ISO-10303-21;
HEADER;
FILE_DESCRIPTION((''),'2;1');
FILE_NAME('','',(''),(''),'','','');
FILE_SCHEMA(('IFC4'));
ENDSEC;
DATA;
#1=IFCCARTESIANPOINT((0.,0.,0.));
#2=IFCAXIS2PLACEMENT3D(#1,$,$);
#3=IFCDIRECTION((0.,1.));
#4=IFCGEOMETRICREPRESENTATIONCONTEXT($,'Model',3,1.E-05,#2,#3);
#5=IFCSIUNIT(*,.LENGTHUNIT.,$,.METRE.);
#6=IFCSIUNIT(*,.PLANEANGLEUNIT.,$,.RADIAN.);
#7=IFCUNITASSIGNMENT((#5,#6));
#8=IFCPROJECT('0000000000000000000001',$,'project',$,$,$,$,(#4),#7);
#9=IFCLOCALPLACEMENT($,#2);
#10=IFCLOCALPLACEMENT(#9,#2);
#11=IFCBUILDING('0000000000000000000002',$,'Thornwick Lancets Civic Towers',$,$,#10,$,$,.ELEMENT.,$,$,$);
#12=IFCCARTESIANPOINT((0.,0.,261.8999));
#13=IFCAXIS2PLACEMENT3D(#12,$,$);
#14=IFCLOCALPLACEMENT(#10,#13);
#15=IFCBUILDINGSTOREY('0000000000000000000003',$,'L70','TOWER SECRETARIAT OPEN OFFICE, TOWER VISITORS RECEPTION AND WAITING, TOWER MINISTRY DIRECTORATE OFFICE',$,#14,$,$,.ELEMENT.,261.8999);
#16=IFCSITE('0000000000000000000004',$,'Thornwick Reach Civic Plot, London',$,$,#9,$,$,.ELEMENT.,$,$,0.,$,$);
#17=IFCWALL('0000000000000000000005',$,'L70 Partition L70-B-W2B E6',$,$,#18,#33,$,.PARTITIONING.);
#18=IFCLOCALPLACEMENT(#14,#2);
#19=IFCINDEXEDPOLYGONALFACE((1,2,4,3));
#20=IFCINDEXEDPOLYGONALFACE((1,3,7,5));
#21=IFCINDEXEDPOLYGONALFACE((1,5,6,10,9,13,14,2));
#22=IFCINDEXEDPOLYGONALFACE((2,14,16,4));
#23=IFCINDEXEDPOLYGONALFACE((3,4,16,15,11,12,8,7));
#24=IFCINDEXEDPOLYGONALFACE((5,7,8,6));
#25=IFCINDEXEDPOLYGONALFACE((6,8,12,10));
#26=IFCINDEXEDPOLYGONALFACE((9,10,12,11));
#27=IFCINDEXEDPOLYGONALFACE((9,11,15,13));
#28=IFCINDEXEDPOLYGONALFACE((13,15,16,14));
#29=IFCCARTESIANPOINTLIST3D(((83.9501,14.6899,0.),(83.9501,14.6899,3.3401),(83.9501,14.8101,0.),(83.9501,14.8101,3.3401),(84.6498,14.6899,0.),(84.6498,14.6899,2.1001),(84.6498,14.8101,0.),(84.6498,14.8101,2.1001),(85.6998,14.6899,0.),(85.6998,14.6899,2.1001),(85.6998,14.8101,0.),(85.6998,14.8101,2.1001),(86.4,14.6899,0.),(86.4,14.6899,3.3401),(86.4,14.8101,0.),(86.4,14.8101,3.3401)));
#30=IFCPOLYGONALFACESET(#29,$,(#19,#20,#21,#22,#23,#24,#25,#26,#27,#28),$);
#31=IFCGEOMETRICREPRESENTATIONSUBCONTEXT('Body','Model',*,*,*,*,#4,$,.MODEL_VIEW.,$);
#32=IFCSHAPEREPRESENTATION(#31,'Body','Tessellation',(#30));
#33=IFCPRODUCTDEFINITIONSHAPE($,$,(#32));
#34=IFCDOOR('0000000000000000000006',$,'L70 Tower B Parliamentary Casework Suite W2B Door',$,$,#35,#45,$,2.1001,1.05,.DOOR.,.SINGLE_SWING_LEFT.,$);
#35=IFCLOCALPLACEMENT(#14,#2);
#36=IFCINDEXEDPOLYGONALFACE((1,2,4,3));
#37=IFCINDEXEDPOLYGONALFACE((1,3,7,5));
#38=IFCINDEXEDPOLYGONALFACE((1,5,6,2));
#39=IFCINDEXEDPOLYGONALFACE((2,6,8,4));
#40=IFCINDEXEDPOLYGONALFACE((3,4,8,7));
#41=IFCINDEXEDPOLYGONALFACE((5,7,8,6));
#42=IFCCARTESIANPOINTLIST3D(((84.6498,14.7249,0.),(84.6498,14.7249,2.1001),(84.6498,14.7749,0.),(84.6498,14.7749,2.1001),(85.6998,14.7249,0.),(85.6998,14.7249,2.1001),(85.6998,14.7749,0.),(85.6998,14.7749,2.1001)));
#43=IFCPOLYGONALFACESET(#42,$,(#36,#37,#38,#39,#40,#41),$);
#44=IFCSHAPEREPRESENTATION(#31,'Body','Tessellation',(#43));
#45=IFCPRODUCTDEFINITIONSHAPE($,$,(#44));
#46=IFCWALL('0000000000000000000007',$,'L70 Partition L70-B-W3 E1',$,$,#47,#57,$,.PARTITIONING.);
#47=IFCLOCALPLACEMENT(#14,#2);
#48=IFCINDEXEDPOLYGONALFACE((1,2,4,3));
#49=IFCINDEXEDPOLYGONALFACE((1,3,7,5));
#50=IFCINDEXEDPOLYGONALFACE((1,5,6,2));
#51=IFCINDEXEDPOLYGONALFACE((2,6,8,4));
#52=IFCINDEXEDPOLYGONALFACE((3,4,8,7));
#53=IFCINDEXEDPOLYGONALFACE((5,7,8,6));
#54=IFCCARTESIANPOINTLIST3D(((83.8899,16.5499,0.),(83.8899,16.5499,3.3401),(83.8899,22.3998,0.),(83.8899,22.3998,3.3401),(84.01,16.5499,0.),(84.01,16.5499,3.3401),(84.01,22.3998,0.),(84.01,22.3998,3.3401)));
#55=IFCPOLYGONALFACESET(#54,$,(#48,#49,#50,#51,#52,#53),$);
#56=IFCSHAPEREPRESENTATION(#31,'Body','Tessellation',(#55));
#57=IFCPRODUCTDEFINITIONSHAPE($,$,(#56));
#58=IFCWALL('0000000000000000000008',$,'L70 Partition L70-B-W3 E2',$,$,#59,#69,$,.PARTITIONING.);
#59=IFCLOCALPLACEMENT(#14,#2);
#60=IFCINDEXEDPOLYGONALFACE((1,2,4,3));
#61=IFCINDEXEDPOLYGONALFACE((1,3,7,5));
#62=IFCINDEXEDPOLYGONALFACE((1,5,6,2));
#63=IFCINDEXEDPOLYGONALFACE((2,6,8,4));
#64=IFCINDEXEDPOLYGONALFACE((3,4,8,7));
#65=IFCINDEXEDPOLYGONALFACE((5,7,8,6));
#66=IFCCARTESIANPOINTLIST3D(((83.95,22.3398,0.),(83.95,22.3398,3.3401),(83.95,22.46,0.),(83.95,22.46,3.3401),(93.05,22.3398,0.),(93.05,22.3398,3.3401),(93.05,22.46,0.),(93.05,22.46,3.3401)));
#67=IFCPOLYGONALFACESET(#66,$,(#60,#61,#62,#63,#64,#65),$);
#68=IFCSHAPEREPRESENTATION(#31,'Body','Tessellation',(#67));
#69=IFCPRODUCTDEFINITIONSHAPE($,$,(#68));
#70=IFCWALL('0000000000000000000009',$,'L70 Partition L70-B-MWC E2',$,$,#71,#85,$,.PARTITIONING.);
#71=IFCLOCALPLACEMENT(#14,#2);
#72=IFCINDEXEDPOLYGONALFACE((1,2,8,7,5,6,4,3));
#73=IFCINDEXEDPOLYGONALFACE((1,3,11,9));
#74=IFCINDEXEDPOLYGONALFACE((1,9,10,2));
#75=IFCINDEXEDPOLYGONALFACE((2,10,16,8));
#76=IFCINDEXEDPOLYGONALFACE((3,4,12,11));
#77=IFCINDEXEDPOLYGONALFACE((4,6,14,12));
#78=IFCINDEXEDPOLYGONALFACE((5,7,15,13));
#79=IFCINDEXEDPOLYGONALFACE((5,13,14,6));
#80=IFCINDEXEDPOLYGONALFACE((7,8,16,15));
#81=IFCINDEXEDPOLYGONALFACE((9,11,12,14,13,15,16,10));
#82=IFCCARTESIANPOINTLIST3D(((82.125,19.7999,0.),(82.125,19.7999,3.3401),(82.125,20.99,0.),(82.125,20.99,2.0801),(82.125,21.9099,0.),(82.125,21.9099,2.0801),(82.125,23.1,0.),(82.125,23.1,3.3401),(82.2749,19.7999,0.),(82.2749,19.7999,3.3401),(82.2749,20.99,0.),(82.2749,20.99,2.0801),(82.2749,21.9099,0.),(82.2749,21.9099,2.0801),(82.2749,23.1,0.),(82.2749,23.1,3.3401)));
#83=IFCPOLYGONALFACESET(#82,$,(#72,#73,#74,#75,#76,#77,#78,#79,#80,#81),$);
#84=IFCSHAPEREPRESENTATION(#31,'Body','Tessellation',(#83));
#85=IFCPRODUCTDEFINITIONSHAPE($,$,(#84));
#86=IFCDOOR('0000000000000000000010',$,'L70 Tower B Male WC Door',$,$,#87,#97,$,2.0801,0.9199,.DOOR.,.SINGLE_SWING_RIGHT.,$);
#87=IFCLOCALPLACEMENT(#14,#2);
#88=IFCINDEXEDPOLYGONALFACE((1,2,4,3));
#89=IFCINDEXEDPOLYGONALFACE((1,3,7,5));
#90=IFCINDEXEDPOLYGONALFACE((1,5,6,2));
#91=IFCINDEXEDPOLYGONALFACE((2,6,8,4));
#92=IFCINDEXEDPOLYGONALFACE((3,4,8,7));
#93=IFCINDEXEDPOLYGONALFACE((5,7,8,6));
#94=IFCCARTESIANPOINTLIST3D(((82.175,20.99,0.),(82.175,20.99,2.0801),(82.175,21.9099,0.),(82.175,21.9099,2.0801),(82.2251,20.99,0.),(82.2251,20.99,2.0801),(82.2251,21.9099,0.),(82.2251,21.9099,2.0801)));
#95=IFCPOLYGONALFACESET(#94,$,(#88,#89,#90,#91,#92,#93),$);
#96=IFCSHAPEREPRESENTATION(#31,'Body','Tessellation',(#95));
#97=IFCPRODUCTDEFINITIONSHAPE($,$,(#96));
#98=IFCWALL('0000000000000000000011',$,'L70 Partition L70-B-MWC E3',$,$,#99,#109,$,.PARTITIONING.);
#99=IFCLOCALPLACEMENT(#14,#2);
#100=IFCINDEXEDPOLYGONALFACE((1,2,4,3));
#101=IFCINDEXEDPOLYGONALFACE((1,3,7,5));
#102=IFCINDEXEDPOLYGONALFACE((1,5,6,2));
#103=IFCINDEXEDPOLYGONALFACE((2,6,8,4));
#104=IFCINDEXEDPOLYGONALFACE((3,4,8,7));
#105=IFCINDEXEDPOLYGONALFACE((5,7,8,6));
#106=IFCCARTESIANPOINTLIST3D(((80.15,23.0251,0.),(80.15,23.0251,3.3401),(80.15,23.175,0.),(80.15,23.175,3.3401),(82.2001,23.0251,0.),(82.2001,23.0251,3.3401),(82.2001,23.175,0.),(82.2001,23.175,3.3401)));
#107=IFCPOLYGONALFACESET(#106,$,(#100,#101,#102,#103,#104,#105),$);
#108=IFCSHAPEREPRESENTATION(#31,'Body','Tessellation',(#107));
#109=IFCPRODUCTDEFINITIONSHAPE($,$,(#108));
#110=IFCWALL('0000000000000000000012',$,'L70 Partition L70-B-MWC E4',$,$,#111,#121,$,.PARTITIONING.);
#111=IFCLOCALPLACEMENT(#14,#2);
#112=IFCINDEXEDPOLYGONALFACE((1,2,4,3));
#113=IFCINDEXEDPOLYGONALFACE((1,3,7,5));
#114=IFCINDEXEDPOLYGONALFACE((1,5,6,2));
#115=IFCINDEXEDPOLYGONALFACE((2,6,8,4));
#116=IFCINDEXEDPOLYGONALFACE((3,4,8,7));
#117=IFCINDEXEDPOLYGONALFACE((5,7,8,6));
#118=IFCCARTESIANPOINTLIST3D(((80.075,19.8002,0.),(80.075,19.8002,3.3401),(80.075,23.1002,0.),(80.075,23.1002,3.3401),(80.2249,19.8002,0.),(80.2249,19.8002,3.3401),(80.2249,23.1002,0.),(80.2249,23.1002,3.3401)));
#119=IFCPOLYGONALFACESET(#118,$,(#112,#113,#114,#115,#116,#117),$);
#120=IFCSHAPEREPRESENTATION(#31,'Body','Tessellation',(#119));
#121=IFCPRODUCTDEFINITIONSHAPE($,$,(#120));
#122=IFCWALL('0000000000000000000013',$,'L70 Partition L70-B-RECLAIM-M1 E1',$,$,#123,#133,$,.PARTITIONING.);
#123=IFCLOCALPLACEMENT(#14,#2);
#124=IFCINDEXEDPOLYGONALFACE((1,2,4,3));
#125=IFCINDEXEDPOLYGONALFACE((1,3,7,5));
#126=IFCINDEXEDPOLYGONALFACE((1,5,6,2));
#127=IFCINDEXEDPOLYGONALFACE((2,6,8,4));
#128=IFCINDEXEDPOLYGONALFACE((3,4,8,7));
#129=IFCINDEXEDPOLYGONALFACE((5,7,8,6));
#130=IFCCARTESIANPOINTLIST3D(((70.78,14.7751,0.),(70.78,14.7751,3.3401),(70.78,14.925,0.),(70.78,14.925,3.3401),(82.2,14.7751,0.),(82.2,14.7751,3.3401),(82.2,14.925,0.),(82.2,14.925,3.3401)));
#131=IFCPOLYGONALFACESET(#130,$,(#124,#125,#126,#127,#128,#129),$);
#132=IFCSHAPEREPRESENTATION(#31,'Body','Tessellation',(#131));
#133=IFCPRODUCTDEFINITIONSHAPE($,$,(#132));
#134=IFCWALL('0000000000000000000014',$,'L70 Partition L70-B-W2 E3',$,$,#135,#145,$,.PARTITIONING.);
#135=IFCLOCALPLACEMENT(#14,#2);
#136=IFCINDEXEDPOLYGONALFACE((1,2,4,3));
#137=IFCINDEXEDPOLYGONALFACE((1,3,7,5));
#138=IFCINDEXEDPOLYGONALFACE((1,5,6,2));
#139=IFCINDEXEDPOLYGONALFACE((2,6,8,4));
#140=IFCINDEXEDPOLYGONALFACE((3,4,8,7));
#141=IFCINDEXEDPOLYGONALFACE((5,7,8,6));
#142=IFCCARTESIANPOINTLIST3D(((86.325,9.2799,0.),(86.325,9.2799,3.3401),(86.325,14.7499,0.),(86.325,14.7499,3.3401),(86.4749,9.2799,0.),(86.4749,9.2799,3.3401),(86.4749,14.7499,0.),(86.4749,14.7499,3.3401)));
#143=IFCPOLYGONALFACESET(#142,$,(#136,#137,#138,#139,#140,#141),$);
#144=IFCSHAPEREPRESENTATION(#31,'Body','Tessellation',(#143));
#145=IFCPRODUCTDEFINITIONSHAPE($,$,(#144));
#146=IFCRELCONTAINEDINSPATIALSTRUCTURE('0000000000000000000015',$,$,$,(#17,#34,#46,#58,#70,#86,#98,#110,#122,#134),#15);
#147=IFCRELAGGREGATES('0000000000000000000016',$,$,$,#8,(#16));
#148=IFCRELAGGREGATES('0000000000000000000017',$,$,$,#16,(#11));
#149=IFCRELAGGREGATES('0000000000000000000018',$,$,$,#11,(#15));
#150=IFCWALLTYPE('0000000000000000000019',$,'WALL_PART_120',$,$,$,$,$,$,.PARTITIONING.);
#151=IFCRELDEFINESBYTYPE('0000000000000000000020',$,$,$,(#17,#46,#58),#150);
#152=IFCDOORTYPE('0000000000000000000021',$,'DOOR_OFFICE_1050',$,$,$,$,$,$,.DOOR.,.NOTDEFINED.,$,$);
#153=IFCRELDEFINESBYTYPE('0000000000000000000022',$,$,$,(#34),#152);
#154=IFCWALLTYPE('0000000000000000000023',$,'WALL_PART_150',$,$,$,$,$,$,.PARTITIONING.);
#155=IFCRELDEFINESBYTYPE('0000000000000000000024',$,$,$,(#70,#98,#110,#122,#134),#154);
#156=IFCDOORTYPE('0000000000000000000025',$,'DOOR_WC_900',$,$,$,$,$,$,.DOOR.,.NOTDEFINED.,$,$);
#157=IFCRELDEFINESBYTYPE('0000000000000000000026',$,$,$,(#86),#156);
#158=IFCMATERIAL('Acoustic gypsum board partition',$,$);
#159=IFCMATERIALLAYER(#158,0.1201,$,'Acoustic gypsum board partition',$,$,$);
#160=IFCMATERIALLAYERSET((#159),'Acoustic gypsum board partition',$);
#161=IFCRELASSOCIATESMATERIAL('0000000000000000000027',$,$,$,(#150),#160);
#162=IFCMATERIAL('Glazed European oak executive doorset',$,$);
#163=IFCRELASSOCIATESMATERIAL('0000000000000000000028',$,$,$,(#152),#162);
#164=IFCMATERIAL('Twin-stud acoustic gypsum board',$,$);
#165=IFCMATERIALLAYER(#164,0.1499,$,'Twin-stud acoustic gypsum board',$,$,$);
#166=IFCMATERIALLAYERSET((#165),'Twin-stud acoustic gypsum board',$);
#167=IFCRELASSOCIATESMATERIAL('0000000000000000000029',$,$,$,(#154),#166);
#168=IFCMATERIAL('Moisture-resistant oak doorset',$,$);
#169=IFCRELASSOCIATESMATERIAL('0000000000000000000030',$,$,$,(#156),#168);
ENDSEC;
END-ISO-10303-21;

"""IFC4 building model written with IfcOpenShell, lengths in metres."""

from ifc_helpers import new_model, si_unit, direction, frame, frame_2d, origin, place, context, subcontext, project, spatial, rectangle, extrude, material, layer, layer_set, type_object, element, fill, save


model = new_model("IFC4")

# Units and contexts
model_context = context("Model", 3, precision=1e-05, world=origin(), true_north=direction((0.0, 1.0)))
body_context = subcontext(model_context, "Body", "Model", "MODEL_VIEW")
ifc_project = project(units=[si_unit("LENGTHUNIT", "METRE"), si_unit("PLANEANGLEUNIT", "RADIAN")], contexts=[model_context])

# Site, building, storey
site_placement = place(None, origin())
site = spatial("IfcSite", under=ifc_project, at=site_placement, Name="Thornwick Reach Civic Plot, London", CompositionType="ELEMENT", RefElevation=0.0)
building_placement = place(site_placement, origin())
building = spatial("IfcBuilding", under=site, at=building_placement, Name="Thornwick Lancets Civic Towers", CompositionType="ELEMENT")
storey_placement = place(building_placement, frame((0.0, 0.0, 261.8999)))
storey = spatial("IfcBuildingStorey", under=building, at=storey_placement, Name="L70", Description="TOWER SECRETARIAT OPEN OFFICE, TOWER VISITORS RECEPTION AND WAITING, TOWER MINISTRY DIRECTORATE OFFICE", CompositionType="ELEMENT", Elevation=261.8999)

# Shared definitions
ifc_material_1 = material(Name="Acoustic gypsum board partition")
ifc_layer_1 = layer(ifc_material_1, 0.1201, Name="Acoustic gypsum board partition")
ifc_layer_set_1 = layer_set([ifc_layer_1], Name="Acoustic gypsum board partition")
wall_type_1 = type_object("IfcWallType", Name="WALL_PART_120", PredefinedType="PARTITIONING", material=ifc_layer_set_1)

# Wall, opening, door
wall_1_placement = place(storey_placement, frame((83.95, 14.75, 0.0), z_axis=(0.0, 0.0, 1.0), x_axis=(1.0, 0.0, 0.0)))
wall_1 = element("IfcWall", 1, at=wall_1_placement, inside=storey, type_object=wall_type_1, Name="L70 Partition L70-B-W2B E6", PredefinedType="PARTITIONING", context=body_context, shape_type="SweptSolid", body=[
    extrude(rectangle(XDim=2.45, YDim=0.1201, at=frame_2d((1.2251, 0.0))), origin(), (0.0, 0.0, 1.0), 3.3401),
])
opening_1_placement = place(wall_1_placement, frame((0.7, 0.0, 0.0)))
opening_1 = element("IfcOpeningElement", 2, at=opening_1_placement, cuts=wall_1, PredefinedType="OPENING", context=body_context, shape_type="SweptSolid", body=[
    extrude(rectangle(XDim=1.05, YDim=2.1001, at=frame_2d((0.5249, 1.05))), frame((0.0, 0.0701, 0.0), z_axis=(0.0, -1.0, 0.0), x_axis=(1.0, 0.0, 0.0)), (0.0, 0.0, 1.0), 0.1401),
])
ifc_material_2 = material(Name="Glazed European oak executive doorset")
door_type_1 = type_object("IfcDoorType", Name="DOOR_OFFICE_1050", OperationType="NOTDEFINED", PredefinedType="DOOR", material=ifc_material_2)
door_1_placement = place(opening_1_placement, origin())
door_1 = element("IfcDoor", 3, at=door_1_placement, inside=storey, type_object=door_type_1, Name="L70 Tower B Parliamentary Casework Suite W2B Door", OperationType="SINGLE_SWING_LEFT", OverallHeight=2.1001, OverallWidth=1.05, PredefinedType="DOOR", context=body_context, shape_type="SweptSolid", body=[
    extrude(rectangle(XDim=1.05, YDim=2.1001, at=frame_2d((0.5249, 1.05))), frame((0.0, 0.0249, 0.0), z_axis=(0.0, -1.0, 0.0), x_axis=(1.0, 0.0, 0.0)), (0.0, 0.0, 1.0), 0.05),
])
fill(opening_1, door_1)

# Walls
wall_2_placement = place(storey_placement, frame((83.95, 16.55, 0.0), z_axis=(0.0, 0.0, 1.0), x_axis=(0.0, 1.0, 0.0)))
element("IfcWall", 4, at=wall_2_placement, inside=storey, type_object=wall_type_1, Name="L70 Partition L70-B-W3 E1", PredefinedType="PARTITIONING", context=body_context, shape_type="SweptSolid", body=[
    extrude(rectangle(XDim=5.8499, YDim=0.1201, at=frame_2d((2.9248, 0.0))), origin(), (0.0, 0.0, 1.0), 3.3401),
])
wall_3_placement = place(storey_placement, frame((83.95, 22.3999, 0.0), z_axis=(0.0, 0.0, 1.0), x_axis=(1.0, 0.0, 0.0)))
element("IfcWall", 5, at=wall_3_placement, inside=storey, type_object=wall_type_1, Name="L70 Partition L70-B-W3 E2", PredefinedType="PARTITIONING", context=body_context, shape_type="SweptSolid", body=[
    extrude(rectangle(XDim=9.1001, YDim=0.1201, at=frame_2d((4.55, 0.0))), origin(), (0.0, 0.0, 1.0), 3.3401),
])

# Wall, opening, door
ifc_material_3 = material(Name="Twin-stud acoustic gypsum board")
ifc_layer_2 = layer(ifc_material_3, 0.1499, Name="Twin-stud acoustic gypsum board")
ifc_layer_set_2 = layer_set([ifc_layer_2], Name="Twin-stud acoustic gypsum board")
wall_type_2 = type_object("IfcWallType", Name="WALL_PART_150", PredefinedType="PARTITIONING", material=ifc_layer_set_2)
wall_4_placement = place(storey_placement, frame((82.2, 19.8, 0.0), z_axis=(0.0, 0.0, 1.0), x_axis=(0.0, 1.0, 0.0)))
wall_4 = element("IfcWall", 6, at=wall_4_placement, inside=storey, type_object=wall_type_2, Name="L70 Partition L70-B-MWC E2", PredefinedType="PARTITIONING", context=body_context, shape_type="SweptSolid", body=[
    extrude(rectangle(XDim=3.3, YDim=0.1499, at=frame_2d((1.6499, 0.0))), origin(), (0.0, 0.0, 1.0), 3.3401),
])
opening_2_placement = place(wall_4_placement, frame((1.1899, 0.0, 0.0)))
opening_2 = element("IfcOpeningElement", 7, at=opening_2_placement, cuts=wall_4, PredefinedType="OPENING", context=body_context, shape_type="SweptSolid", body=[
    extrude(rectangle(XDim=0.9199, YDim=2.0801, at=frame_2d((0.46, 1.04))), frame((0.0, 0.085, 0.0), z_axis=(0.0, -1.0, 0.0), x_axis=(1.0, 0.0, 0.0)), (0.0, 0.0, 1.0), 0.1699),
])
ifc_material_4 = material(Name="Moisture-resistant oak doorset")
door_type_2 = type_object("IfcDoorType", Name="DOOR_WC_900", OperationType="NOTDEFINED", PredefinedType="DOOR", material=ifc_material_4)
door_2_placement = place(opening_2_placement, origin())
door_2 = element("IfcDoor", 8, at=door_2_placement, inside=storey, type_object=door_type_2, Name="L70 Tower B Male WC Door", OperationType="SINGLE_SWING_RIGHT", OverallHeight=2.0801, OverallWidth=0.9199, PredefinedType="DOOR", context=body_context, shape_type="SweptSolid", body=[
    extrude(rectangle(XDim=0.9199, YDim=2.0801, at=frame_2d((0.46, 1.04))), frame((0.0, 0.0249, 0.0), z_axis=(0.0, -1.0, 0.0), x_axis=(1.0, 0.0, 0.0)), (0.0, 0.0, 1.0), 0.05),
])
fill(opening_2, door_2)

# Walls
wall_5_placement = place(storey_placement, frame((82.2, 23.1001, 0.0), z_axis=(0.0, 0.0, 1.0), x_axis=(-1.0, 0.0, 0.0)))
element("IfcWall", 9, at=wall_5_placement, inside=storey, type_object=wall_type_2, Name="L70 Partition L70-B-MWC E3", PredefinedType="PARTITIONING", context=body_context, shape_type="SweptSolid", body=[
    extrude(rectangle(XDim=2.05, YDim=0.1499, at=frame_2d((1.0249, 0.0))), origin(), (0.0, 0.0, 1.0), 3.3401),
])
wall_6_placement = place(storey_placement, frame((80.1499, 23.1001, 0.0), z_axis=(0.0, 0.0, 1.0), x_axis=(0.0, -1.0, 0.0)))
element("IfcWall", 10, at=wall_6_placement, inside=storey, type_object=wall_type_2, Name="L70 Partition L70-B-MWC E4", PredefinedType="PARTITIONING", context=body_context, shape_type="SweptSolid", body=[
    extrude(rectangle(XDim=3.3, YDim=0.1499, at=frame_2d((1.6499, 0.0))), origin(), (0.0, 0.0, 1.0), 3.3401),
])
wall_7_placement = place(storey_placement, frame((82.2, 14.8501, 0.0), z_axis=(0.0, 0.0, 1.0), x_axis=(-1.0, 0.0, 0.0)))
element("IfcWall", 11, at=wall_7_placement, inside=storey, type_object=wall_type_2, Name="L70 Partition L70-B-RECLAIM-M1 E1", PredefinedType="PARTITIONING", context=body_context, shape_type="SweptSolid", body=[
    extrude(rectangle(XDim=11.4199, YDim=0.1499, at=frame_2d((5.71, 0.0))), origin(), (0.0, 0.0, 1.0), 3.3401),
])

# Wall
wall_8_placement = place(storey_placement, frame((86.3999, 9.28, 0.0), z_axis=(0.0, 0.0, 1.0), x_axis=(0.0, 1.0, 0.0)))
element("IfcWall", 12, at=wall_8_placement, inside=storey, type_object=wall_type_2, Name="L70 Partition L70-B-W2 E3", PredefinedType="PARTITIONING", context=body_context, shape_type="SweptSolid", body=[
    extrude(rectangle(XDim=5.47, YDim=0.1499, at=frame_2d((2.7349, 0.0))), origin(), (0.0, 0.0, 1.0), 3.3401),
])

save(model, "model.ifc")
